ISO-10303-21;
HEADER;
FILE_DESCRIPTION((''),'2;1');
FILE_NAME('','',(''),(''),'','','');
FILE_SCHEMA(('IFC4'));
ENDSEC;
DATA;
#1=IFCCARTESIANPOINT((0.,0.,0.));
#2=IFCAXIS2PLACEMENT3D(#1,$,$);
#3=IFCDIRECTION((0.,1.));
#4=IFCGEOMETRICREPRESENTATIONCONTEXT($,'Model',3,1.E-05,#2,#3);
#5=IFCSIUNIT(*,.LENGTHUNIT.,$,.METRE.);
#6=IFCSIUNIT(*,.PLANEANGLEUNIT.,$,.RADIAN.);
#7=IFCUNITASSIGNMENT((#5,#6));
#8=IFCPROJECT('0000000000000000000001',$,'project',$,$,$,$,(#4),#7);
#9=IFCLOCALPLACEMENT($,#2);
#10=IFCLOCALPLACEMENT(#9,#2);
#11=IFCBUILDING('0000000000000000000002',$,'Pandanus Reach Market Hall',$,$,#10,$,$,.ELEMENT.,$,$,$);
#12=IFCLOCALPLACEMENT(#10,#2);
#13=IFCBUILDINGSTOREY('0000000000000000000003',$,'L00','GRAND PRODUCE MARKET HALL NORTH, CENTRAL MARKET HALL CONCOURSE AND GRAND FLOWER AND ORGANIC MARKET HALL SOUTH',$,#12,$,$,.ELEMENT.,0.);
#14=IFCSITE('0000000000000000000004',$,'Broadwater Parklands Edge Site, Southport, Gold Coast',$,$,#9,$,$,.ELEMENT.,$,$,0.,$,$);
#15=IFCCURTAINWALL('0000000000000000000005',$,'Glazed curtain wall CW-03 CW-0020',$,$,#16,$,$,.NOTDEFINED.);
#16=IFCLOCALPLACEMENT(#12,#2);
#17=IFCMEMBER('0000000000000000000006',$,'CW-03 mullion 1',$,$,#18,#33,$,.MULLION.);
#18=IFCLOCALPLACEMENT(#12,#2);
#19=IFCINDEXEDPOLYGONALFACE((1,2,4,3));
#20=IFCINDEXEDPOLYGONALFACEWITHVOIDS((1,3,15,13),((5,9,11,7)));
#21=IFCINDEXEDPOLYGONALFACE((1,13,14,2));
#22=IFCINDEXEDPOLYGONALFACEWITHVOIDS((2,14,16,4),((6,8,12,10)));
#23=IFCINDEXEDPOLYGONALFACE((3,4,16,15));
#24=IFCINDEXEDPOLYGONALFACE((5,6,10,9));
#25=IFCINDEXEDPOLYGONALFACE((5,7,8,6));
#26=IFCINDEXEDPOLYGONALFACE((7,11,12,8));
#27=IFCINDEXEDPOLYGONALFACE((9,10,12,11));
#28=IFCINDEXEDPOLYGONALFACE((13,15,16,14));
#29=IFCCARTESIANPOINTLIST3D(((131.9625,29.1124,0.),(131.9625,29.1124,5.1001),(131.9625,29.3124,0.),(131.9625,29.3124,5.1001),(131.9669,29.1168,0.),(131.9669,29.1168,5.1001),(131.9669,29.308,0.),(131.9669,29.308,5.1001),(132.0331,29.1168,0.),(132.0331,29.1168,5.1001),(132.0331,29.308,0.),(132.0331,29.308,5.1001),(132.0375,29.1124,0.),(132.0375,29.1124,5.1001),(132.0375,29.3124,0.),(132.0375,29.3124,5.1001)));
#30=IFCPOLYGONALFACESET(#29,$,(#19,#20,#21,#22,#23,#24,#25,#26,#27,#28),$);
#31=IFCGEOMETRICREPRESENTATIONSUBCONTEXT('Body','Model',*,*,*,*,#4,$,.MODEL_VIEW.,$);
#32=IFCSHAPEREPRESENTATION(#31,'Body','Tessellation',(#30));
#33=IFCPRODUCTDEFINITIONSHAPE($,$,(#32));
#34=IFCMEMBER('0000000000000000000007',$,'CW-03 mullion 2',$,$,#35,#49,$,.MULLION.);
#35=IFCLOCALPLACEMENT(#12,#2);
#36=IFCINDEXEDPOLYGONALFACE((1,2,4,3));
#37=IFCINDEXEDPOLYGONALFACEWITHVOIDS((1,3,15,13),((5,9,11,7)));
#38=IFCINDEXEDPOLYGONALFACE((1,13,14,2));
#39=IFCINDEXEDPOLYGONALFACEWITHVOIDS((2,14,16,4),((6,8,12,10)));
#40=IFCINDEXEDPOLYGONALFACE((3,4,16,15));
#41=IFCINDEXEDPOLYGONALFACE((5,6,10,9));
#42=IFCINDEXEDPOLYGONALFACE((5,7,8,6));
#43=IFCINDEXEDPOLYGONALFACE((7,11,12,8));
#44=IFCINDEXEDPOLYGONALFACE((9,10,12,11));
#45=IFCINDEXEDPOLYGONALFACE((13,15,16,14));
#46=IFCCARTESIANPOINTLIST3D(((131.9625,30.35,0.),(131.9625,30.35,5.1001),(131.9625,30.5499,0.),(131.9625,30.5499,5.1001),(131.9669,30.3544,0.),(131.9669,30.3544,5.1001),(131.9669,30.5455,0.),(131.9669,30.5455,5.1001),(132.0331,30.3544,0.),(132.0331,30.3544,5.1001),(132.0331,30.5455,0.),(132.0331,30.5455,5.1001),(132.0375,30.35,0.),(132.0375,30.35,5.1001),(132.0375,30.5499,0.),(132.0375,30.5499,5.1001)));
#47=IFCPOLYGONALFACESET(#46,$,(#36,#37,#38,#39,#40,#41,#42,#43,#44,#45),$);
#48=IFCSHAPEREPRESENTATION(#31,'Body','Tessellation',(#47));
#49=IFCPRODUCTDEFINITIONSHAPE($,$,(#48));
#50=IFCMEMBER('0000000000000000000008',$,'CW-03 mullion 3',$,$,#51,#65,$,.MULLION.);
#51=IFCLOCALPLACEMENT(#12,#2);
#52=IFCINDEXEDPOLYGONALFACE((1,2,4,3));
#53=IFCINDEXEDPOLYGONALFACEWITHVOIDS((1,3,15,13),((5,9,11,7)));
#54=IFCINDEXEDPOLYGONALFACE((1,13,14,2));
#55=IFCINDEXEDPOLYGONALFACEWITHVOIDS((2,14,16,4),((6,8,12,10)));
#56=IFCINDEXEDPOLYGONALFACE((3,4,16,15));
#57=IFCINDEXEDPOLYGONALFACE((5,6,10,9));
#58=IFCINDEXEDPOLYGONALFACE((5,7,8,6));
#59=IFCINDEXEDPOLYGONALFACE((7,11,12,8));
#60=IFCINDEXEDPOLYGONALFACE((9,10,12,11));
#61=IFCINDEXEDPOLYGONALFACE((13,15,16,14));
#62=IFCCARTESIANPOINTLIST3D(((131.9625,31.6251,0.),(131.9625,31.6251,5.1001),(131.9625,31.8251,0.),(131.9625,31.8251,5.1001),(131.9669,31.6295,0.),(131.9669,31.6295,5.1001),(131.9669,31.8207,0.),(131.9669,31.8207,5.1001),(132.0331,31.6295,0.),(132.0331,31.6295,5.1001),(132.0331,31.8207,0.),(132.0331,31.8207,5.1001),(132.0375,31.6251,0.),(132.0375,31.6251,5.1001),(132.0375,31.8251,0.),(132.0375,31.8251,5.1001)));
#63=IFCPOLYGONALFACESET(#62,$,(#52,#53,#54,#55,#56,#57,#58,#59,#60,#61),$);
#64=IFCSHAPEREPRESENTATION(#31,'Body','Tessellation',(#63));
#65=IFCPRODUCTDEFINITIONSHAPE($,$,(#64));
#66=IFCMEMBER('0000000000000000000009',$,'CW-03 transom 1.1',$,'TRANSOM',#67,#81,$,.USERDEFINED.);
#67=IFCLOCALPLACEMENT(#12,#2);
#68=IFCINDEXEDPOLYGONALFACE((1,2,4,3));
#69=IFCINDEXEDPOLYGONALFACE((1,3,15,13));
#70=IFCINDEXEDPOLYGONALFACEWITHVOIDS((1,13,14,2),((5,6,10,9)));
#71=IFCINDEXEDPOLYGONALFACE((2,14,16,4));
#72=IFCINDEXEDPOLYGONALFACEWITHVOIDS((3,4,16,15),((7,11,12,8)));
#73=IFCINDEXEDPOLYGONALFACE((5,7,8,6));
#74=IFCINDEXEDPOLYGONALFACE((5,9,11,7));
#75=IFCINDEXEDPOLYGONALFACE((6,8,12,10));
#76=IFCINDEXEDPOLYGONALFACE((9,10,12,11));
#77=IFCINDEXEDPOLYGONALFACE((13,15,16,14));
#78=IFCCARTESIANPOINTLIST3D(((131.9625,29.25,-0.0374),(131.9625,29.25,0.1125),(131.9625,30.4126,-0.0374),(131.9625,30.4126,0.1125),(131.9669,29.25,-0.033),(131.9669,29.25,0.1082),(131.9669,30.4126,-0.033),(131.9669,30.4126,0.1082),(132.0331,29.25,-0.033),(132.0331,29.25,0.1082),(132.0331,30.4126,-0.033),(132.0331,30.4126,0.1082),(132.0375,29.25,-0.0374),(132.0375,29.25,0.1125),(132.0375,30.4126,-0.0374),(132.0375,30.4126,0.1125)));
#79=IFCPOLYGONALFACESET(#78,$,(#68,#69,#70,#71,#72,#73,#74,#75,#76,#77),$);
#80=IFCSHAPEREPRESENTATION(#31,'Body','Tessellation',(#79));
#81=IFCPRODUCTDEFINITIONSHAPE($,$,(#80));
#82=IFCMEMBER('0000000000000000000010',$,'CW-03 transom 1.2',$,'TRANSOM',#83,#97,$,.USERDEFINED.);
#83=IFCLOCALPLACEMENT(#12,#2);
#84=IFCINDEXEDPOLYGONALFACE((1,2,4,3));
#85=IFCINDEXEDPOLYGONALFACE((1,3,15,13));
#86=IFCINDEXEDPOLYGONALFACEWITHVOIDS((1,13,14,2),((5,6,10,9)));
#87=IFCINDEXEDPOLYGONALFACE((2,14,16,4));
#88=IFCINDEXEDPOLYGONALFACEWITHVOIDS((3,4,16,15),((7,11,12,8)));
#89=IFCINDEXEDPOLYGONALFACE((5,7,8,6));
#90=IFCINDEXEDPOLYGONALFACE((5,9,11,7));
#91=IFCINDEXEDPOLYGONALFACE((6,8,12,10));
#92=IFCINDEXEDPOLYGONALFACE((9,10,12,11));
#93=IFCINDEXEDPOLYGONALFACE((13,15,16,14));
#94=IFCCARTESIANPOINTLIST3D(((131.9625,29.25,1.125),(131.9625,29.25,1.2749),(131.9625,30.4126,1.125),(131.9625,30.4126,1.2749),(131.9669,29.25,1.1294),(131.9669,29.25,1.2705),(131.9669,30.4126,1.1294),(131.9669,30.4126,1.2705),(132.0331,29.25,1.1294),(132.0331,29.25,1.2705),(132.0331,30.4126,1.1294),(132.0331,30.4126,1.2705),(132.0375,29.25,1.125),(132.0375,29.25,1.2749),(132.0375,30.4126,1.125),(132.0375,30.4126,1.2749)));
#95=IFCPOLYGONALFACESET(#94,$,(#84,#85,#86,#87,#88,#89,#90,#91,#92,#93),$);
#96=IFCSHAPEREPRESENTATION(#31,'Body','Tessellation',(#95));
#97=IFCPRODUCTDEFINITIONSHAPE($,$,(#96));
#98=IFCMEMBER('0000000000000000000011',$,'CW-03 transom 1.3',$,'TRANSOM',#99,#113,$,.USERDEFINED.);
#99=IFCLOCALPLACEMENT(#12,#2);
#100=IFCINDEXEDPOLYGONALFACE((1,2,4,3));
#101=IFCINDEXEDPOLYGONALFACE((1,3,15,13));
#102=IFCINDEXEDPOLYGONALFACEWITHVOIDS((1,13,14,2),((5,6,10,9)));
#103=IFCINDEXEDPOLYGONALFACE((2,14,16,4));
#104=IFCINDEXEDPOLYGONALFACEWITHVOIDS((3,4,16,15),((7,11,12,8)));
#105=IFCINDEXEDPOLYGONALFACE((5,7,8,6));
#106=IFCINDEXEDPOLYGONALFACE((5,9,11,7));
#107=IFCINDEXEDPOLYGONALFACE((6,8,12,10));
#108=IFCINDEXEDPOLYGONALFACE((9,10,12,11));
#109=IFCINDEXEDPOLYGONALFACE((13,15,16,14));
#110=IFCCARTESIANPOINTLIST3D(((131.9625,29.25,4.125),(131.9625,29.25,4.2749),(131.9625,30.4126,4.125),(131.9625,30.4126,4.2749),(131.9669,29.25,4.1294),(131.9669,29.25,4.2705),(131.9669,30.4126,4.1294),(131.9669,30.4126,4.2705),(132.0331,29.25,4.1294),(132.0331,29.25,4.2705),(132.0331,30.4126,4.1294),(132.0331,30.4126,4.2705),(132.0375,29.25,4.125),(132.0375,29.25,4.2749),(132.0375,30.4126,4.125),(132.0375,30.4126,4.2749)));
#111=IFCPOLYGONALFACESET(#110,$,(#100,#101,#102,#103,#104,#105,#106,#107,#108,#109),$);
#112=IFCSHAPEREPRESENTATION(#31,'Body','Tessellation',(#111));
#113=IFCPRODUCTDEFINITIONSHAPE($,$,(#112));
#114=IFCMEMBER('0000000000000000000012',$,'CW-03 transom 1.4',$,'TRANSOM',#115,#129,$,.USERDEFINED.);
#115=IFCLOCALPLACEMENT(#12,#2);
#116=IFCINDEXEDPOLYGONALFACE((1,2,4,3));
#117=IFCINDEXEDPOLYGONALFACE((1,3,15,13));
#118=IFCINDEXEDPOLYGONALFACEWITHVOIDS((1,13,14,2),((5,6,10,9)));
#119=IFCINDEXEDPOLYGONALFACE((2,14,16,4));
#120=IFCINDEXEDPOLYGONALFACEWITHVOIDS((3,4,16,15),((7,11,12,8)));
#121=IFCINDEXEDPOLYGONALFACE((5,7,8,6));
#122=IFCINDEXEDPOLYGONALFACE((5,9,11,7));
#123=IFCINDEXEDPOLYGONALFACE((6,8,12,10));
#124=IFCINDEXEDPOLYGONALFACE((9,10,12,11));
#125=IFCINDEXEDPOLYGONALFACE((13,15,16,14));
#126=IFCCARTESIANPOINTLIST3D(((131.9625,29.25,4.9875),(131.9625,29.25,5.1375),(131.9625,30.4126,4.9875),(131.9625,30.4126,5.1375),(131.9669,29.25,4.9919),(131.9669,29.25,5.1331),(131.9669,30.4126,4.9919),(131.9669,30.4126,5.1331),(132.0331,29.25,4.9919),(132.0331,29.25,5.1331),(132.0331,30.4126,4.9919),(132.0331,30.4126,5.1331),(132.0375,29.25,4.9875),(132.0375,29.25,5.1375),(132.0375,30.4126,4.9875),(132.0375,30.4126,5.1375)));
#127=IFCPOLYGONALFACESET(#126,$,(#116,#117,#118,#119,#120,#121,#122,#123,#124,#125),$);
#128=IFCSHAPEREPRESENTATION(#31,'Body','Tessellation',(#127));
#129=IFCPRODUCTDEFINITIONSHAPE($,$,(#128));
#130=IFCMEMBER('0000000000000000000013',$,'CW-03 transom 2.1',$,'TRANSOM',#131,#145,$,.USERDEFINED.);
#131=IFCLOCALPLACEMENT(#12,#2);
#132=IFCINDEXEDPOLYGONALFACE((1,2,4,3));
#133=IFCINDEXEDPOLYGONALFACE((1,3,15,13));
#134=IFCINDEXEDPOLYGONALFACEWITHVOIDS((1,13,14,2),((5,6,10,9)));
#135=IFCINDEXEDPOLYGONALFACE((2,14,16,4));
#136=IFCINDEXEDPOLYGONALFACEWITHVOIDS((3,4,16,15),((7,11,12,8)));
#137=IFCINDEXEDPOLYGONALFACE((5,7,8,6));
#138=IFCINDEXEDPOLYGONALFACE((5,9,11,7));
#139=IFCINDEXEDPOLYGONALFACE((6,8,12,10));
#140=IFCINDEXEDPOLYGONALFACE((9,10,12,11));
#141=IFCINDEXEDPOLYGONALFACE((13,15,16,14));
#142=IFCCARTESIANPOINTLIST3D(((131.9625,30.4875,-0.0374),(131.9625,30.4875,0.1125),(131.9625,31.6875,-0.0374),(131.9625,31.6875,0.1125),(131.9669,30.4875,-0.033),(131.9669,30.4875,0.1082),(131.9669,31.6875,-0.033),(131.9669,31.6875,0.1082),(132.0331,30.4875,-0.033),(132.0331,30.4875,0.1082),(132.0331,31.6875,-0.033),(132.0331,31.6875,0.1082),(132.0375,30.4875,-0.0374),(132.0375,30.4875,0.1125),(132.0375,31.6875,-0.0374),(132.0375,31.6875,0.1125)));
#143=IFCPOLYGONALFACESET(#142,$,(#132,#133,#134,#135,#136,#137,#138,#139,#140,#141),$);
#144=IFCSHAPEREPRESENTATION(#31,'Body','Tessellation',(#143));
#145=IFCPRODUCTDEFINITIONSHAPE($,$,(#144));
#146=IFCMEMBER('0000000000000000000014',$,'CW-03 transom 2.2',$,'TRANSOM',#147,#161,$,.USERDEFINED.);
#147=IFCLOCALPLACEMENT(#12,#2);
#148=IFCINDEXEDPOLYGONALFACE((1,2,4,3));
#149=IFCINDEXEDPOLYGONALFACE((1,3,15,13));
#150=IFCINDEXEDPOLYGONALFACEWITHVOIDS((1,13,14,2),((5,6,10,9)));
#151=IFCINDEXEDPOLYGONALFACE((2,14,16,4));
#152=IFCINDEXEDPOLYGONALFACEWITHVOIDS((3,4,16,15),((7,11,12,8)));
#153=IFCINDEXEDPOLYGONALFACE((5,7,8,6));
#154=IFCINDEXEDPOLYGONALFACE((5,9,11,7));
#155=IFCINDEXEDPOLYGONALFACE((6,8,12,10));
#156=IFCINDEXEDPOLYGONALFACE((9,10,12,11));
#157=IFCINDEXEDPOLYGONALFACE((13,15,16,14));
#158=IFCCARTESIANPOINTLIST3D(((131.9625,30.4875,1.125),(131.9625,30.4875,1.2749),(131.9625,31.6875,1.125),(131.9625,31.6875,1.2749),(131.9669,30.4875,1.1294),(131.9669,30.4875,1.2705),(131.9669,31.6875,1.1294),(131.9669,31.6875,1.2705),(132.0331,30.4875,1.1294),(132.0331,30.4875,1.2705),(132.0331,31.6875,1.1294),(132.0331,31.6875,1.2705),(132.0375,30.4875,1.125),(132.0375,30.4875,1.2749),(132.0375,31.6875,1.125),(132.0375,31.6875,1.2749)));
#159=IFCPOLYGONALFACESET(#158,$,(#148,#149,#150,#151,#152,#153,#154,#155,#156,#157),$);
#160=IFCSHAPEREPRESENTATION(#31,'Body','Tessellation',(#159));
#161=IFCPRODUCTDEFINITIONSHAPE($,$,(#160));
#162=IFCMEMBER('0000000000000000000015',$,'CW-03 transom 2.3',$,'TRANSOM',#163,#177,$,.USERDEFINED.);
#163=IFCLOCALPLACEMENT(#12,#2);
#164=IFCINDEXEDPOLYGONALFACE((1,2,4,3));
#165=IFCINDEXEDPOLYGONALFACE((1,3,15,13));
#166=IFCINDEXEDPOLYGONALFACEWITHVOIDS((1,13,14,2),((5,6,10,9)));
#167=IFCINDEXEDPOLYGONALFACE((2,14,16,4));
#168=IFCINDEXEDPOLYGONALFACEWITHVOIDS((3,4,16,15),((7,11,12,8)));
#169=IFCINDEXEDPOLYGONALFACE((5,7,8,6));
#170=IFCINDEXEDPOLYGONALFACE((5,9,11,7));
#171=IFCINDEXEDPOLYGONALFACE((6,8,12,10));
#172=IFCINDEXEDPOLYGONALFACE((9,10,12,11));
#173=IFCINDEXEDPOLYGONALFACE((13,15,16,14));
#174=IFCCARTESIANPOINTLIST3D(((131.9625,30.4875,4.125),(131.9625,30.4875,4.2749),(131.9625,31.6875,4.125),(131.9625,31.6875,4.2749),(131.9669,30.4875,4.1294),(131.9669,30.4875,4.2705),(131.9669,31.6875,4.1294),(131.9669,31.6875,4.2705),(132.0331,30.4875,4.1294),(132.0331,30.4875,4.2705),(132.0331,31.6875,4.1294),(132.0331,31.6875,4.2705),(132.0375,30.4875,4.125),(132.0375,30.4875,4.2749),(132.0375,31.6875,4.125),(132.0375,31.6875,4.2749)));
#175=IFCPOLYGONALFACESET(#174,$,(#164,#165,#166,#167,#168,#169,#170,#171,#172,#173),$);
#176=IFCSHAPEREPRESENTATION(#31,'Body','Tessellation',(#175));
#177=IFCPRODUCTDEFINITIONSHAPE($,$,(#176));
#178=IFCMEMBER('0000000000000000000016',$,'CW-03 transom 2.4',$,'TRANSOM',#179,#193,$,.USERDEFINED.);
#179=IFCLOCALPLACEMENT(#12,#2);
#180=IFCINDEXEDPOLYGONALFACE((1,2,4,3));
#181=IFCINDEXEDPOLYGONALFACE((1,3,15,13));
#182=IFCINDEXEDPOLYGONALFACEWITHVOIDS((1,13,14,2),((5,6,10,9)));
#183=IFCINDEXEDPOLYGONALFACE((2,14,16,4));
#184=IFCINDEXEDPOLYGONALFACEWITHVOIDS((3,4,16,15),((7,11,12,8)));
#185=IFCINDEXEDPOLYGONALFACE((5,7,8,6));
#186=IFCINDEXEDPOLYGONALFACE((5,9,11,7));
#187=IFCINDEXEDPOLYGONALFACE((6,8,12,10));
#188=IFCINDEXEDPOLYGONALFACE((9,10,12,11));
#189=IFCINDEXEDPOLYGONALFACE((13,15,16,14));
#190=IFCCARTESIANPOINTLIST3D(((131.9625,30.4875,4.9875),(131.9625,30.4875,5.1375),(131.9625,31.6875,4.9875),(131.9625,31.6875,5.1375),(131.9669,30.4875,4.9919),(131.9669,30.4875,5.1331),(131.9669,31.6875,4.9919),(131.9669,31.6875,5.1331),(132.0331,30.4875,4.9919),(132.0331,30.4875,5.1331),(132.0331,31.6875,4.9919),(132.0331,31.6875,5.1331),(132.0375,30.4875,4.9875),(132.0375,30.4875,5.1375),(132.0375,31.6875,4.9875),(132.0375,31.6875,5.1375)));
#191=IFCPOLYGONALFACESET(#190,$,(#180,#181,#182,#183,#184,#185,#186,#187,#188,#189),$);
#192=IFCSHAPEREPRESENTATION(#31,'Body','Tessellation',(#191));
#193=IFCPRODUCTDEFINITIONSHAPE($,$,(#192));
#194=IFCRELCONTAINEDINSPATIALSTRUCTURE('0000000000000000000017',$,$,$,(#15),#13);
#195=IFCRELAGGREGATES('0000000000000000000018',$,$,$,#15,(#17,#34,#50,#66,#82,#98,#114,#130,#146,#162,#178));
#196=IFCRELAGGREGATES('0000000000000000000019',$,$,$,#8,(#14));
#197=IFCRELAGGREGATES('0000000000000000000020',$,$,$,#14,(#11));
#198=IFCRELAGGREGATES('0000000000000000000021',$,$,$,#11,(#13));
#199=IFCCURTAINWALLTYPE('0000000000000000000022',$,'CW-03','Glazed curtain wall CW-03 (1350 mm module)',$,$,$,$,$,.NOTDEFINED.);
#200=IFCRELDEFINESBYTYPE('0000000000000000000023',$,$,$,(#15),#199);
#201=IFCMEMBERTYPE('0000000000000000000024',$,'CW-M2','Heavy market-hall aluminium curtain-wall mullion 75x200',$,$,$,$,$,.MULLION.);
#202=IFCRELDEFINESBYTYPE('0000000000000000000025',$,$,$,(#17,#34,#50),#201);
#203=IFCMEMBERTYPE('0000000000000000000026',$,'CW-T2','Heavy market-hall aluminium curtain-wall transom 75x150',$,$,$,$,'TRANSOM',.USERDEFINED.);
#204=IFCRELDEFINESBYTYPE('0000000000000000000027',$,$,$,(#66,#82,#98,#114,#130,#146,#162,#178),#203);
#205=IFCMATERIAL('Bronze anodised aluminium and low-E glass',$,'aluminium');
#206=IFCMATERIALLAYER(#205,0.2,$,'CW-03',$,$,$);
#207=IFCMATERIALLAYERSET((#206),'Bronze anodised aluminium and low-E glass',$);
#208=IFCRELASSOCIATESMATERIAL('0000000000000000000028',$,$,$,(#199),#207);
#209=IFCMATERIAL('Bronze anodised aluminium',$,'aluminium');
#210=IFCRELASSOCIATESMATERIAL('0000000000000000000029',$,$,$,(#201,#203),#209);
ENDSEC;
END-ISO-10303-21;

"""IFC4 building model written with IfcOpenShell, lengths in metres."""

from ifc_helpers import new_model, si_unit, direction, frame, origin, origin_2d, place, context, subcontext, project, spatial, hollow_rectangle, extrude, material, layer, layer_set, material_profile, profile_set, type_object, element, aggregate, save


model = new_model("IFC4")

# Units and contexts
model_context = context("Model", 3, precision=1e-05, world=origin(), true_north=direction((0.0, 1.0)))
body_context = subcontext(model_context, "Body", "Model", "MODEL_VIEW")
ifc_project = project(units=[si_unit("LENGTHUNIT", "METRE"), si_unit("PLANEANGLEUNIT", "RADIAN")], contexts=[model_context])

# Site, building, storey
site_placement = place(None, origin())
site = spatial("IfcSite", under=ifc_project, at=site_placement, Name="Broadwater Parklands Edge Site, Southport, Gold Coast", CompositionType="ELEMENT", RefElevation=0.0)
building_placement = place(site_placement, origin())
building = spatial("IfcBuilding", under=site, at=building_placement, Name="Pandanus Reach Market Hall", CompositionType="ELEMENT")
storey_placement = place(building_placement, origin())
storey = spatial("IfcBuildingStorey", under=building, at=storey_placement, Name="L00", Description="GRAND PRODUCE MARKET HALL NORTH, CENTRAL MARKET HALL CONCOURSE AND GRAND FLOWER AND ORGANIC MARKET HALL SOUTH", CompositionType="ELEMENT", Elevation=0.0)

# Curtain wall, members
ifc_material_1 = material(Name="Bronze anodised aluminium and low-E glass", Category="aluminium")
ifc_layer_1 = layer(ifc_material_1, 0.2, Name="CW-03")
ifc_layer_set_1 = layer_set([ifc_layer_1], Name="Bronze anodised aluminium and low-E glass")
curtain_wall_type = type_object("IfcCurtainWallType", Name="CW-03", Description="Glazed curtain wall CW-03 (1350 mm module)", PredefinedType="NOTDEFINED", material=ifc_layer_set_1)
curtain_wall_placement = place(storey_placement, origin())
curtain_wall = element("IfcCurtainWall", 1, at=curtain_wall_placement, inside=storey, type_object=curtain_wall_type, Name="Glazed curtain wall CW-03 CW-0020", PredefinedType="NOTDEFINED")
ifc_material_2 = material(Name="Bronze anodised aluminium", Category="aluminium")
ifc_material_profile_1 = material_profile(ifc_material_2, hollow_rectangle(XDim=0.075, YDim=0.2, WallThickness=0.0044, at=origin_2d()), Name="ALU75x200", Category="LoadBearing")
ifc_profile_set_1 = profile_set([ifc_material_profile_1], Name="Bronze anodised aluminium")
member_type_1 = type_object("IfcMemberType", Name="CW-M2", Description="Heavy market-hall aluminium curtain-wall mullion 75x200", PredefinedType="MULLION", material=ifc_profile_set_1)
member_1_placement = place(storey_placement, frame((132.0, 29.2124, 0.0), z_axis=(0.0, 0.0, 1.0), x_axis=(-1.0, 0.0, 0.0)))
member_1 = element("IfcMember", 2, at=member_1_placement, type_object=member_type_1, Name="CW-03 mullion 1", PredefinedType="MULLION", context=body_context, shape_type="SweptSolid", body=[
    extrude(hollow_rectangle(XDim=0.075, YDim=0.2, WallThickness=0.0044, at=origin_2d()), origin(), (0.0, 0.0, 1.0), 5.1001),
])
member_2_placement = place(storey_placement, frame((132.0, 30.45, 0.0), z_axis=(0.0, 0.0, 1.0), x_axis=(-1.0, 0.0, 0.0)))
member_2 = element("IfcMember", 3, at=member_2_placement, type_object=member_type_1, Name="CW-03 mullion 2", PredefinedType="MULLION", context=body_context, shape_type="SweptSolid", body=[
    extrude(hollow_rectangle(XDim=0.075, YDim=0.2, WallThickness=0.0044, at=origin_2d()), origin(), (0.0, 0.0, 1.0), 5.1001),
])
member_3_placement = place(storey_placement, frame((132.0, 31.7251, 0.0), z_axis=(0.0, 0.0, 1.0), x_axis=(-1.0, 0.0, 0.0)))
member_3 = element("IfcMember", 4, at=member_3_placement, type_object=member_type_1, Name="CW-03 mullion 3", PredefinedType="MULLION", context=body_context, shape_type="SweptSolid", body=[
    extrude(hollow_rectangle(XDim=0.075, YDim=0.2, WallThickness=0.0044, at=origin_2d()), origin(), (0.0, 0.0, 1.0), 5.1001),
])
ifc_material_profile_2 = material_profile(ifc_material_2, hollow_rectangle(XDim=0.075, YDim=0.1499, WallThickness=0.0044, at=origin_2d()), Name="ALU75x150", Category="LoadBearing")
ifc_profile_set_2 = profile_set([ifc_material_profile_2], Name="Bronze anodised aluminium")
member_type_2 = type_object("IfcMemberType", Name="CW-T2", Description="Heavy market-hall aluminium curtain-wall transom 75x150", ElementType="TRANSOM", PredefinedType="USERDEFINED", material=ifc_profile_set_2)
member_4_placement = place(storey_placement, frame((132.0, 29.25, 0.0376), z_axis=(0.0, 1.0, 0.0), x_axis=(-1.0, 0.0, 0.0)))
member_4 = element("IfcMember", 5, at=member_4_placement, type_object=member_type_2, Name="CW-03 transom 1.1", ObjectType="TRANSOM", PredefinedType="USERDEFINED", context=body_context, shape_type="SweptSolid", body=[
    extrude(hollow_rectangle(XDim=0.075, YDim=0.1499, WallThickness=0.0044, at=origin_2d()), origin(), (0.0, 0.0, 1.0), 1.1626),
])
member_5_placement = place(storey_placement, frame((132.0, 29.25, 1.2), z_axis=(0.0, 1.0, 0.0), x_axis=(-1.0, 0.0, 0.0)))
member_5 = element("IfcMember", 6, at=member_5_placement, type_object=member_type_2, Name="CW-03 transom 1.2", ObjectType="TRANSOM", PredefinedType="USERDEFINED", context=body_context, shape_type="SweptSolid", body=[
    extrude(hollow_rectangle(XDim=0.075, YDim=0.1499, WallThickness=0.0044, at=origin_2d()), origin(), (0.0, 0.0, 1.0), 1.1626),
])
member_6_placement = place(storey_placement, frame((132.0, 29.25, 4.2), z_axis=(0.0, 1.0, 0.0), x_axis=(-1.0, 0.0, 0.0)))
member_6 = element("IfcMember", 7, at=member_6_placement, type_object=member_type_2, Name="CW-03 transom 1.3", ObjectType="TRANSOM", PredefinedType="USERDEFINED", context=body_context, shape_type="SweptSolid", body=[
    extrude(hollow_rectangle(XDim=0.075, YDim=0.1499, WallThickness=0.0044, at=origin_2d()), origin(), (0.0, 0.0, 1.0), 1.1626),
])
member_7_placement = place(storey_placement, frame((132.0, 29.25, 5.0625), z_axis=(0.0, 1.0, 0.0), x_axis=(-1.0, 0.0, 0.0)))
member_7 = element("IfcMember", 8, at=member_7_placement, type_object=member_type_2, Name="CW-03 transom 1.4", ObjectType="TRANSOM", PredefinedType="USERDEFINED", context=body_context, shape_type="SweptSolid", body=[
    extrude(hollow_rectangle(XDim=0.075, YDim=0.1499, WallThickness=0.0044, at=origin_2d()), origin(), (0.0, 0.0, 1.0), 1.1626),
])
member_8_placement = place(storey_placement, frame((132.0, 30.4875, 0.0376), z_axis=(0.0, 1.0, 0.0), x_axis=(-1.0, 0.0, 0.0)))
member_8 = element("IfcMember", 9, at=member_8_placement, type_object=member_type_2, Name="CW-03 transom 2.1", ObjectType="TRANSOM", PredefinedType="USERDEFINED", context=body_context, shape_type="SweptSolid", body=[
    extrude(hollow_rectangle(XDim=0.075, YDim=0.1499, WallThickness=0.0044, at=origin_2d()), origin(), (0.0, 0.0, 1.0), 1.2),
])
member_9_placement = place(storey_placement, frame((132.0, 30.4875, 1.2), z_axis=(0.0, 1.0, 0.0), x_axis=(-1.0, 0.0, 0.0)))
member_9 = element("IfcMember", 10, at=member_9_placement, type_object=member_type_2, Name="CW-03 transom 2.2", ObjectType="TRANSOM", PredefinedType="USERDEFINED", context=body_context, shape_type="SweptSolid", body=[
    extrude(hollow_rectangle(XDim=0.075, YDim=0.1499, WallThickness=0.0044, at=origin_2d()), origin(), (0.0, 0.0, 1.0), 1.2),
])
member_10_placement = place(storey_placement, frame((132.0, 30.4875, 4.2), z_axis=(0.0, 1.0, 0.0), x_axis=(-1.0, 0.0, 0.0)))
member_10 = element("IfcMember", 11, at=member_10_placement, type_object=member_type_2, Name="CW-03 transom 2.3", ObjectType="TRANSOM", PredefinedType="USERDEFINED", context=body_context, shape_type="SweptSolid", body=[
    extrude(hollow_rectangle(XDim=0.075, YDim=0.1499, WallThickness=0.0044, at=origin_2d()), origin(), (0.0, 0.0, 1.0), 1.2),
])
member_11_placement = place(storey_placement, frame((132.0, 30.4875, 5.0625), z_axis=(0.0, 1.0, 0.0), x_axis=(-1.0, 0.0, 0.0)))
member_11 = element("IfcMember", 12, at=member_11_placement, type_object=member_type_2, Name="CW-03 transom 2.4", ObjectType="TRANSOM", PredefinedType="USERDEFINED", context=body_context, shape_type="SweptSolid", body=[
    extrude(hollow_rectangle(XDim=0.075, YDim=0.1499, WallThickness=0.0044, at=origin_2d()), origin(), (0.0, 0.0, 1.0), 1.2),
])
aggregate(curtain_wall, [member_1, member_2, member_3, member_4, member_5, member_6, member_7, member_8, member_9, member_10, member_11])

save(model, "model.ifc")
